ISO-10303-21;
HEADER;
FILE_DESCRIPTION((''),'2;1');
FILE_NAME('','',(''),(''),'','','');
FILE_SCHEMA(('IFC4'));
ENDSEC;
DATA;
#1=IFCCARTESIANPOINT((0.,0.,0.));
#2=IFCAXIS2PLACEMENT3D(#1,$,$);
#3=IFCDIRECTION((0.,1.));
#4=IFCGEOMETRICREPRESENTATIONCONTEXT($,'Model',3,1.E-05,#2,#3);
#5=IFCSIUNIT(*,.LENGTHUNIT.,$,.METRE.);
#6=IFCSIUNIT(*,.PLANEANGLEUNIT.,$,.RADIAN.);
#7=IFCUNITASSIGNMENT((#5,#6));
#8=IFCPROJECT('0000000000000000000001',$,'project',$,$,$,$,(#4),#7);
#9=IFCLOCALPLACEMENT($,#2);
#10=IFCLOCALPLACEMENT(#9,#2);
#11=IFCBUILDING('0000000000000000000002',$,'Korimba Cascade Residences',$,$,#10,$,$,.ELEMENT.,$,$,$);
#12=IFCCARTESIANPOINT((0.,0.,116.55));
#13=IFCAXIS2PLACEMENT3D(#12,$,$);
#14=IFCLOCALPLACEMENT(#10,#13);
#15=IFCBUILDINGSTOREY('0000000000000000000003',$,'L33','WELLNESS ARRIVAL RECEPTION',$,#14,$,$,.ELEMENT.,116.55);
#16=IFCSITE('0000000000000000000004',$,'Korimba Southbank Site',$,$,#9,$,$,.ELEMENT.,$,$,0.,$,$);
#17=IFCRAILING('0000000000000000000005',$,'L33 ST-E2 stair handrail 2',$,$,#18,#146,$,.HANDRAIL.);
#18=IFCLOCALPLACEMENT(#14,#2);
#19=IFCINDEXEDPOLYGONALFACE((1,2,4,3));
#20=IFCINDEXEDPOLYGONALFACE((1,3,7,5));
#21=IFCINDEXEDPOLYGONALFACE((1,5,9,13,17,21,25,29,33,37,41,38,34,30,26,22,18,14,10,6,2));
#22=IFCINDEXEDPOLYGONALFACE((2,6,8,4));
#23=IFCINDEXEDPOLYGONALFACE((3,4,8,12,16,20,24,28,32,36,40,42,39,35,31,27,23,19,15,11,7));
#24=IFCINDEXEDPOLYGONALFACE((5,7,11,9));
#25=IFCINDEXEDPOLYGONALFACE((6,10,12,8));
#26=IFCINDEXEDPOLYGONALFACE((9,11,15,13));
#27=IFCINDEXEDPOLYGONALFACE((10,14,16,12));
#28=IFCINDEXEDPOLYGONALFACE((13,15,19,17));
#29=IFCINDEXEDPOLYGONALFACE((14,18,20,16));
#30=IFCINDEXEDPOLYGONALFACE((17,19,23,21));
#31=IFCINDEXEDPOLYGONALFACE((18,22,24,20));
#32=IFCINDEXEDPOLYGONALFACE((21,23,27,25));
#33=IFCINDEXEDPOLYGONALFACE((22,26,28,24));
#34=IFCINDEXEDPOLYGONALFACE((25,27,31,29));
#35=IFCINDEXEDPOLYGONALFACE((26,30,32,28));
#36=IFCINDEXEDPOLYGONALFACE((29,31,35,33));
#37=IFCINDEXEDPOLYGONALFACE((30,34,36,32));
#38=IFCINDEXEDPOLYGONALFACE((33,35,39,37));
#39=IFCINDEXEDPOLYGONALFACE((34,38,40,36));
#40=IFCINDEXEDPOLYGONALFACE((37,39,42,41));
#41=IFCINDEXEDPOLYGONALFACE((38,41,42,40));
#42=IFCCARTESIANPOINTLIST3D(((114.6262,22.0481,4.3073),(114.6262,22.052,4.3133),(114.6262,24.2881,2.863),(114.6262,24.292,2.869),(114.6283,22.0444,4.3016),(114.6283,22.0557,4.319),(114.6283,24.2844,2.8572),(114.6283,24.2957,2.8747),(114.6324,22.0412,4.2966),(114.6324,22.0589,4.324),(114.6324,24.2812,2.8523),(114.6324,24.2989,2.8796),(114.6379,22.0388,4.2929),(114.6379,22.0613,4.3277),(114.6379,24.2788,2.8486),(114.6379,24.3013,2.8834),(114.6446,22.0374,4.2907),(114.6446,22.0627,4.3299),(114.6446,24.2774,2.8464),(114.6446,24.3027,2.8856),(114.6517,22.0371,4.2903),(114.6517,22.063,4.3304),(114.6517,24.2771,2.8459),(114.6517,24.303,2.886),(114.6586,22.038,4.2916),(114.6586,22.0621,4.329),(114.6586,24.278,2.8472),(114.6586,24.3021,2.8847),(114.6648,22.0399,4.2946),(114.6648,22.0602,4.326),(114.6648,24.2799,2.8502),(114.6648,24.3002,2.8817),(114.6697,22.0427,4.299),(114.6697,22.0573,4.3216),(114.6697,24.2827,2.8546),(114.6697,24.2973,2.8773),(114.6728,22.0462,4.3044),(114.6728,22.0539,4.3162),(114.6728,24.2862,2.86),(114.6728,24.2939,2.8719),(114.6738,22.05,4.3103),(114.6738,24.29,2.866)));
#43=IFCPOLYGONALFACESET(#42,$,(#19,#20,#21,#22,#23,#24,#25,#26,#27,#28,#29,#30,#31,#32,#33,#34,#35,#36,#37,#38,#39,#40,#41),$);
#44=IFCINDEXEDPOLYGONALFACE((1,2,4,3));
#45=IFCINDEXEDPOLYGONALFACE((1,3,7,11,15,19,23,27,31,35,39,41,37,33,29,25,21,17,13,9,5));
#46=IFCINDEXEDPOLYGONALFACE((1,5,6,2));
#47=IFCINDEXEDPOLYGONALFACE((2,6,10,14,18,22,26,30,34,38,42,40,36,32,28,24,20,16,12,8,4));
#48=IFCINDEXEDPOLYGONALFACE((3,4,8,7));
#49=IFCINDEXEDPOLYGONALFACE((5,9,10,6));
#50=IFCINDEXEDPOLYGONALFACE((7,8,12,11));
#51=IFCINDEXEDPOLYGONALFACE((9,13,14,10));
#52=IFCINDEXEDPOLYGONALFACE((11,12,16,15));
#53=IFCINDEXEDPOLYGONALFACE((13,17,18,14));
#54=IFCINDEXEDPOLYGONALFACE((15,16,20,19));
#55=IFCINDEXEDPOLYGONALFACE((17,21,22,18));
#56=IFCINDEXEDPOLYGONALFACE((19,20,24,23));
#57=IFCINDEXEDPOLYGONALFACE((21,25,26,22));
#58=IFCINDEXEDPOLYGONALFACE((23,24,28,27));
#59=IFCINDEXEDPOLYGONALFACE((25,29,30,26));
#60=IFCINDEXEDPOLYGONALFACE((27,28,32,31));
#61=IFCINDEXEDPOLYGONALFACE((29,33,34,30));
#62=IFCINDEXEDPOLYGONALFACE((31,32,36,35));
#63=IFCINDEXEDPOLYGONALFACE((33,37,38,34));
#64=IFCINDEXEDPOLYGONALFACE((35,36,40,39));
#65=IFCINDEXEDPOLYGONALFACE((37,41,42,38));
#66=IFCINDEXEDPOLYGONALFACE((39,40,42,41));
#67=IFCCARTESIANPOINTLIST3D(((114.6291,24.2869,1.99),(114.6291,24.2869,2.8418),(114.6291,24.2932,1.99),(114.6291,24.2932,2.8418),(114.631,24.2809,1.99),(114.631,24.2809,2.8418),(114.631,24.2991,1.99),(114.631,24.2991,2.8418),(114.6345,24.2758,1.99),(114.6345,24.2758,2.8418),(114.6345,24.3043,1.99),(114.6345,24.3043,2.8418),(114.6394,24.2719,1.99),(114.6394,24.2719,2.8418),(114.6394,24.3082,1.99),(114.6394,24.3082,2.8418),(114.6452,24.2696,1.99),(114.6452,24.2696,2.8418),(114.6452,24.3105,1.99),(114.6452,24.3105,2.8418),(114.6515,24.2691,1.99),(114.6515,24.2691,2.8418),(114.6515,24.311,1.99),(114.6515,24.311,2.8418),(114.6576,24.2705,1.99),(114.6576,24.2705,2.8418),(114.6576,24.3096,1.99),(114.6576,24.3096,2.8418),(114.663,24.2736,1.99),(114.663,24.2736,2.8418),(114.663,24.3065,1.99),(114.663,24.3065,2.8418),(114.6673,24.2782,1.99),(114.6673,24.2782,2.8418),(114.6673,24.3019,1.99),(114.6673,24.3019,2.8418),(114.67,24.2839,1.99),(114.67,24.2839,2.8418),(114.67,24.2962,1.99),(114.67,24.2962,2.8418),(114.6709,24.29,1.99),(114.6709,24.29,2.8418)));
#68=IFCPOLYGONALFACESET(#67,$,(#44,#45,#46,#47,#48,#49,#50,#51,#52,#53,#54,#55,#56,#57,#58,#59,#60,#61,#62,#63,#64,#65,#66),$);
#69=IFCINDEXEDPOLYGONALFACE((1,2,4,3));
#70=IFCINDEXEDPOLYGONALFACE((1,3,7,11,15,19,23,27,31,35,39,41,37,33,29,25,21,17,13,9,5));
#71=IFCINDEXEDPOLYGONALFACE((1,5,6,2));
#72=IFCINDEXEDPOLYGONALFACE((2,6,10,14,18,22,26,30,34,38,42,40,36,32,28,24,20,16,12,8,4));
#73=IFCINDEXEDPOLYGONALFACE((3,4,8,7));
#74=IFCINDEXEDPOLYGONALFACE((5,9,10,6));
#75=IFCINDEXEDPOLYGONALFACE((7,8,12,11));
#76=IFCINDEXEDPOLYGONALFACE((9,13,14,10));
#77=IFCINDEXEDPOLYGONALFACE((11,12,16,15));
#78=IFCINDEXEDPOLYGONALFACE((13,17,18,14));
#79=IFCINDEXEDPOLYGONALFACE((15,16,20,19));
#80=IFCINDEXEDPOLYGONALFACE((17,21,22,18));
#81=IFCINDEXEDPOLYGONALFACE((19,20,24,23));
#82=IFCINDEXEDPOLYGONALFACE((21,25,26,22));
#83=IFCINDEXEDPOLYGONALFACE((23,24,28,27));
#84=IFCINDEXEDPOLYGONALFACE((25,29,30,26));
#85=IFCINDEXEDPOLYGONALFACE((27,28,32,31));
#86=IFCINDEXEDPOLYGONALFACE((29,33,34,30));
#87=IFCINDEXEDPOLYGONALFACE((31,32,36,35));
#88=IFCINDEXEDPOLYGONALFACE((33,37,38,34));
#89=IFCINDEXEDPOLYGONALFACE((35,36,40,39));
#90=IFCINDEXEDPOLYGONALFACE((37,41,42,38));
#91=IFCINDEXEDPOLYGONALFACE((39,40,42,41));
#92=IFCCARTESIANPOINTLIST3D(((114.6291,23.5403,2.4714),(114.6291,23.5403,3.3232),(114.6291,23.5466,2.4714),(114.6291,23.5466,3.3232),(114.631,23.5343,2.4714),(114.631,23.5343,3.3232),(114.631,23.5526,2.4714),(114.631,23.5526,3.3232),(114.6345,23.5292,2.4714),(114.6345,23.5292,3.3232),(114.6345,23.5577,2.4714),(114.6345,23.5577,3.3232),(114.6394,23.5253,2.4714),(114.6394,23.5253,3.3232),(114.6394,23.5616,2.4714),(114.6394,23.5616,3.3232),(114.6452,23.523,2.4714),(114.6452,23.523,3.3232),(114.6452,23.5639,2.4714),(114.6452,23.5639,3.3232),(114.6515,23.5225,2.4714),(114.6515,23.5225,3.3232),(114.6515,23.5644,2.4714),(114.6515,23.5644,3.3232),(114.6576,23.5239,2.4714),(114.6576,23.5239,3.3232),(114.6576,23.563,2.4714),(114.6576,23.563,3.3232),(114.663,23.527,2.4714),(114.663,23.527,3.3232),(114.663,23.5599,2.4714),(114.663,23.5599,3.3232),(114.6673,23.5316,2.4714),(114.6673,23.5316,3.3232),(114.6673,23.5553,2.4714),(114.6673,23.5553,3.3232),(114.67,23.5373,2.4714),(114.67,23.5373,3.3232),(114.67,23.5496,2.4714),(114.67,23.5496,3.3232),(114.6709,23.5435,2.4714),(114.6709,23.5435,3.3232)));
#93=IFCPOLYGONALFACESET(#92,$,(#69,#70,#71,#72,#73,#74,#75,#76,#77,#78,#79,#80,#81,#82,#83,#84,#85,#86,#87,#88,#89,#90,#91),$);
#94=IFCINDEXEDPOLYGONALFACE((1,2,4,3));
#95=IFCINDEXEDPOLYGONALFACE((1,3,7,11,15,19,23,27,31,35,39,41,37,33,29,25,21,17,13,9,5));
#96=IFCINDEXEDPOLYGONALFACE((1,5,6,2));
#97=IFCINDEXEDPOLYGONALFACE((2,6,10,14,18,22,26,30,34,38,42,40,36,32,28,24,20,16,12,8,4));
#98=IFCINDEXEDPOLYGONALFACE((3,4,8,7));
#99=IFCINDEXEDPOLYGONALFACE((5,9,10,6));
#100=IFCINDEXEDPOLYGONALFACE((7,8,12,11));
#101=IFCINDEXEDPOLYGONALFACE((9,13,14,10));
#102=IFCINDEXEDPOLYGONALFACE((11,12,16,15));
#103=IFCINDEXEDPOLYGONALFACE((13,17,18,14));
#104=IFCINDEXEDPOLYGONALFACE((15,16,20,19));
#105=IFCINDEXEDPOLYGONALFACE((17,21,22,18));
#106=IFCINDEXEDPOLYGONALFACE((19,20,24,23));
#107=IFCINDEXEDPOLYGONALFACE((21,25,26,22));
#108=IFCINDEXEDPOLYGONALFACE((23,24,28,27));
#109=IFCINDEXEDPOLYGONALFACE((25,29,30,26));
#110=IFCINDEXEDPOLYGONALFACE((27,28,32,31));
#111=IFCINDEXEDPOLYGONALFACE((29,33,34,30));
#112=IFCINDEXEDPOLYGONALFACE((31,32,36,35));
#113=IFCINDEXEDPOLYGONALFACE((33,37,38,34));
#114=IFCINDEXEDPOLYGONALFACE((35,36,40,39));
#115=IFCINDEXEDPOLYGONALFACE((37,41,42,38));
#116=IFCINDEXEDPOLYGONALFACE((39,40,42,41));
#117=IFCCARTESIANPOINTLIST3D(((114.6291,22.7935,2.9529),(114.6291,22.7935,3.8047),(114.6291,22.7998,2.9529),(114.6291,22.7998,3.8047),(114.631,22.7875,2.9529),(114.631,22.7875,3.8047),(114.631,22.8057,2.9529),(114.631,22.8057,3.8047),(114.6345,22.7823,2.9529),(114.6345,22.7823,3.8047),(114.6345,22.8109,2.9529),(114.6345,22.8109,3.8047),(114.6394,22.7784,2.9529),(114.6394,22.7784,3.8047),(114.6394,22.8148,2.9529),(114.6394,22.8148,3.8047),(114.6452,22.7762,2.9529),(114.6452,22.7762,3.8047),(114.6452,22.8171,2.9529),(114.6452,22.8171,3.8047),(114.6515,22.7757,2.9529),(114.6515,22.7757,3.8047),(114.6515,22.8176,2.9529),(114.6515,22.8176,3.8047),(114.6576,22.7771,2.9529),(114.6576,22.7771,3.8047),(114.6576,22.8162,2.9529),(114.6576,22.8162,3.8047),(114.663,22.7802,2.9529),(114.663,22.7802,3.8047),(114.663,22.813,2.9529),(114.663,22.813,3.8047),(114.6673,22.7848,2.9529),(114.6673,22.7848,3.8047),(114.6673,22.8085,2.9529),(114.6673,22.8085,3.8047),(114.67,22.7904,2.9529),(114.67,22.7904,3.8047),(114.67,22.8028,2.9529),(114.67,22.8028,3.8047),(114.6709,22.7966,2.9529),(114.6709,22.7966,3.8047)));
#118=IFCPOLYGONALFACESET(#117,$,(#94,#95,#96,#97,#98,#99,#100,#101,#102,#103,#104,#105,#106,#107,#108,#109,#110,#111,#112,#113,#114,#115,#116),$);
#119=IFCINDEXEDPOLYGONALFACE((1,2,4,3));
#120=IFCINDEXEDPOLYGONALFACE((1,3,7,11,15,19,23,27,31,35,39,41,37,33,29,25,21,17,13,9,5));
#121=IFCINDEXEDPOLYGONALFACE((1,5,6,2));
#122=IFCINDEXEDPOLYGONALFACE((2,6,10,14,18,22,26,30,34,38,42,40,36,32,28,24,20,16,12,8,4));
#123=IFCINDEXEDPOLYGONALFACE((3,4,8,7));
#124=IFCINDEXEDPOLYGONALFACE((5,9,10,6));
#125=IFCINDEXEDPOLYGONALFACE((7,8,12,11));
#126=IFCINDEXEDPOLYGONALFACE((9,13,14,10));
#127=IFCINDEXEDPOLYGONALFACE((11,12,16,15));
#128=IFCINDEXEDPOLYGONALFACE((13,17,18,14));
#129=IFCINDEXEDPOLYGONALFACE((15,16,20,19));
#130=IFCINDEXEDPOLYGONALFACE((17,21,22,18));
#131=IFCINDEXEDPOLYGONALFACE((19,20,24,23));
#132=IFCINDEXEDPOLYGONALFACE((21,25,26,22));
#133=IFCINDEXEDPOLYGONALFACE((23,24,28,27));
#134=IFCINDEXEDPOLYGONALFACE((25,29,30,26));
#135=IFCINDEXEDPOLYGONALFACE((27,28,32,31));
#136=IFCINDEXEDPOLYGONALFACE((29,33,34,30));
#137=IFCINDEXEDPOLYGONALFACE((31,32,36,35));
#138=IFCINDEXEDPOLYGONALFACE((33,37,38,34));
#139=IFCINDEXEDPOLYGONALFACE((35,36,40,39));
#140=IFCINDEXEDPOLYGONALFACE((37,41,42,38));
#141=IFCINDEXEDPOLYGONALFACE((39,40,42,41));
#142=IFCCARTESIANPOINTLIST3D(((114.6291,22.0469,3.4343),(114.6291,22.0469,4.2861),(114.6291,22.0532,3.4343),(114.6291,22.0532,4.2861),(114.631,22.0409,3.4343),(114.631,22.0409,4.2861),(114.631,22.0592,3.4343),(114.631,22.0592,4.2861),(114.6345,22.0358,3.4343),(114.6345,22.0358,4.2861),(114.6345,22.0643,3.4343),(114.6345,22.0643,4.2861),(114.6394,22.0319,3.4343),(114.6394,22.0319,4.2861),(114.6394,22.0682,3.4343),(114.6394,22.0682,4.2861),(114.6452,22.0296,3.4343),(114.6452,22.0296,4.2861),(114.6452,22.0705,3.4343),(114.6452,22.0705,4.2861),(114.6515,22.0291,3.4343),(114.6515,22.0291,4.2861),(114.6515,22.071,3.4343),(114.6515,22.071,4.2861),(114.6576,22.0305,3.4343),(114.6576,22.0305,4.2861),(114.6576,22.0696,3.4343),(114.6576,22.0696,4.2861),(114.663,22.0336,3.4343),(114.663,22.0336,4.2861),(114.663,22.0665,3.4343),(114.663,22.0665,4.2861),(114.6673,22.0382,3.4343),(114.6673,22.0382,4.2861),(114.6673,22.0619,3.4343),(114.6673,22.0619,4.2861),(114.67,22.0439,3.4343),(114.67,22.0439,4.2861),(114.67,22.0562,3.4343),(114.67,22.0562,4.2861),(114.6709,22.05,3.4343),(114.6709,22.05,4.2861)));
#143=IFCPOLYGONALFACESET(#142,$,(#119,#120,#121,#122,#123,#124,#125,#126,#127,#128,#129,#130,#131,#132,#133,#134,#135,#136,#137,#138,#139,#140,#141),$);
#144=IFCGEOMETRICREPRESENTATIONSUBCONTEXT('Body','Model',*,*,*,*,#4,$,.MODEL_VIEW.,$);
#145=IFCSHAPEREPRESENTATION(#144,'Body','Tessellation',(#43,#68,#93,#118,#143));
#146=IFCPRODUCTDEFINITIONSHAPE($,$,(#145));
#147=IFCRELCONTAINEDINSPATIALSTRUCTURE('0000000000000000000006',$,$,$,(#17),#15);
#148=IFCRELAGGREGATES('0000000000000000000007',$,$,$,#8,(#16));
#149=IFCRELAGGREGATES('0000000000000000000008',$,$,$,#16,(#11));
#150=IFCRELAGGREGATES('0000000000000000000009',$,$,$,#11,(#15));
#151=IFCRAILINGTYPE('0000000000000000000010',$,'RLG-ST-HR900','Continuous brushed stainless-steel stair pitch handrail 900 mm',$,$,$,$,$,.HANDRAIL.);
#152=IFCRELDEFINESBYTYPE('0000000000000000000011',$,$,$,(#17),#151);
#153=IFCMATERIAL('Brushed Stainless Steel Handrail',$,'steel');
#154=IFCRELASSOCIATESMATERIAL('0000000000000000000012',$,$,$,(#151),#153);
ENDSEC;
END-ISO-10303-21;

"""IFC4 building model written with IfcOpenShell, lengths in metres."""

from ifc_helpers import new_model, si_unit, direction, frame, origin, origin_2d, place, context, subcontext, project, spatial, circle, extrude, material, type_object, element, save


model = new_model("IFC4")

# Units and contexts
model_context = context("Model", 3, precision=1e-05, world=origin(), true_north=direction((0.0, 1.0)))
body_context = subcontext(model_context, "Body", "Model", "MODEL_VIEW")
ifc_project = project(units=[si_unit("LENGTHUNIT", "METRE"), si_unit("PLANEANGLEUNIT", "RADIAN")], contexts=[model_context])

# Site, building, storey
site_placement = place(None, origin())
site = spatial("IfcSite", under=ifc_project, at=site_placement, Name="Korimba Southbank Site", CompositionType="ELEMENT", RefElevation=0.0)
building_placement = place(site_placement, origin())
building = spatial("IfcBuilding", under=site, at=building_placement, Name="Korimba Cascade Residences", CompositionType="ELEMENT")
storey_placement = place(building_placement, frame((0.0, 0.0, 116.55)))
storey = spatial("IfcBuildingStorey", under=building, at=storey_placement, Name="L33", Description="WELLNESS ARRIVAL RECEPTION", CompositionType="ELEMENT", Elevation=116.55)

# Railing
ifc_material_1 = material(Name="Brushed Stainless Steel Handrail", Category="steel")
railing_type_1 = type_object("IfcRailingType", Name="RLG-ST-HR900", Description="Continuous brushed stainless-steel stair pitch handrail 900 mm", PredefinedType="HANDRAIL", material=ifc_material_1)
railing_1_placement = place(storey_placement, frame((114.6499, 24.29, 1.99)))
element("IfcRailing", 1, at=railing_1_placement, inside=storey, type_object=railing_type_1, Name="L33 ST-E2 stair handrail 2", PredefinedType="HANDRAIL", context=body_context, shape_type="SweptSolid", body=[
    extrude(circle(Radius=0.0239, at=origin_2d()), frame((0.0, 0.0, 0.876), z_axis=(0.0, -0.840437, 0.54191), x_axis=(1.0, 0.0, 0.0)), (0.0, 0.0, 1.0), 2.6653),
    extrude(circle(Radius=0.021, at=origin_2d()), origin(), (0.0, 0.0, 1.0), 0.8518),
    extrude(circle(Radius=0.021, at=origin_2d()), frame((0.0, -0.7466, 0.4814)), (0.0, 0.0, 1.0), 0.8518),
    extrude(circle(Radius=0.021, at=origin_2d()), frame((0.0, -1.4934, 0.9629)), (0.0, 0.0, 1.0), 0.8518),
    extrude(circle(Radius=0.021, at=origin_2d()), frame((0.0, -2.24, 1.4443)), (0.0, 0.0, 1.0), 0.8518),
])

save(model, "model.ifc")
